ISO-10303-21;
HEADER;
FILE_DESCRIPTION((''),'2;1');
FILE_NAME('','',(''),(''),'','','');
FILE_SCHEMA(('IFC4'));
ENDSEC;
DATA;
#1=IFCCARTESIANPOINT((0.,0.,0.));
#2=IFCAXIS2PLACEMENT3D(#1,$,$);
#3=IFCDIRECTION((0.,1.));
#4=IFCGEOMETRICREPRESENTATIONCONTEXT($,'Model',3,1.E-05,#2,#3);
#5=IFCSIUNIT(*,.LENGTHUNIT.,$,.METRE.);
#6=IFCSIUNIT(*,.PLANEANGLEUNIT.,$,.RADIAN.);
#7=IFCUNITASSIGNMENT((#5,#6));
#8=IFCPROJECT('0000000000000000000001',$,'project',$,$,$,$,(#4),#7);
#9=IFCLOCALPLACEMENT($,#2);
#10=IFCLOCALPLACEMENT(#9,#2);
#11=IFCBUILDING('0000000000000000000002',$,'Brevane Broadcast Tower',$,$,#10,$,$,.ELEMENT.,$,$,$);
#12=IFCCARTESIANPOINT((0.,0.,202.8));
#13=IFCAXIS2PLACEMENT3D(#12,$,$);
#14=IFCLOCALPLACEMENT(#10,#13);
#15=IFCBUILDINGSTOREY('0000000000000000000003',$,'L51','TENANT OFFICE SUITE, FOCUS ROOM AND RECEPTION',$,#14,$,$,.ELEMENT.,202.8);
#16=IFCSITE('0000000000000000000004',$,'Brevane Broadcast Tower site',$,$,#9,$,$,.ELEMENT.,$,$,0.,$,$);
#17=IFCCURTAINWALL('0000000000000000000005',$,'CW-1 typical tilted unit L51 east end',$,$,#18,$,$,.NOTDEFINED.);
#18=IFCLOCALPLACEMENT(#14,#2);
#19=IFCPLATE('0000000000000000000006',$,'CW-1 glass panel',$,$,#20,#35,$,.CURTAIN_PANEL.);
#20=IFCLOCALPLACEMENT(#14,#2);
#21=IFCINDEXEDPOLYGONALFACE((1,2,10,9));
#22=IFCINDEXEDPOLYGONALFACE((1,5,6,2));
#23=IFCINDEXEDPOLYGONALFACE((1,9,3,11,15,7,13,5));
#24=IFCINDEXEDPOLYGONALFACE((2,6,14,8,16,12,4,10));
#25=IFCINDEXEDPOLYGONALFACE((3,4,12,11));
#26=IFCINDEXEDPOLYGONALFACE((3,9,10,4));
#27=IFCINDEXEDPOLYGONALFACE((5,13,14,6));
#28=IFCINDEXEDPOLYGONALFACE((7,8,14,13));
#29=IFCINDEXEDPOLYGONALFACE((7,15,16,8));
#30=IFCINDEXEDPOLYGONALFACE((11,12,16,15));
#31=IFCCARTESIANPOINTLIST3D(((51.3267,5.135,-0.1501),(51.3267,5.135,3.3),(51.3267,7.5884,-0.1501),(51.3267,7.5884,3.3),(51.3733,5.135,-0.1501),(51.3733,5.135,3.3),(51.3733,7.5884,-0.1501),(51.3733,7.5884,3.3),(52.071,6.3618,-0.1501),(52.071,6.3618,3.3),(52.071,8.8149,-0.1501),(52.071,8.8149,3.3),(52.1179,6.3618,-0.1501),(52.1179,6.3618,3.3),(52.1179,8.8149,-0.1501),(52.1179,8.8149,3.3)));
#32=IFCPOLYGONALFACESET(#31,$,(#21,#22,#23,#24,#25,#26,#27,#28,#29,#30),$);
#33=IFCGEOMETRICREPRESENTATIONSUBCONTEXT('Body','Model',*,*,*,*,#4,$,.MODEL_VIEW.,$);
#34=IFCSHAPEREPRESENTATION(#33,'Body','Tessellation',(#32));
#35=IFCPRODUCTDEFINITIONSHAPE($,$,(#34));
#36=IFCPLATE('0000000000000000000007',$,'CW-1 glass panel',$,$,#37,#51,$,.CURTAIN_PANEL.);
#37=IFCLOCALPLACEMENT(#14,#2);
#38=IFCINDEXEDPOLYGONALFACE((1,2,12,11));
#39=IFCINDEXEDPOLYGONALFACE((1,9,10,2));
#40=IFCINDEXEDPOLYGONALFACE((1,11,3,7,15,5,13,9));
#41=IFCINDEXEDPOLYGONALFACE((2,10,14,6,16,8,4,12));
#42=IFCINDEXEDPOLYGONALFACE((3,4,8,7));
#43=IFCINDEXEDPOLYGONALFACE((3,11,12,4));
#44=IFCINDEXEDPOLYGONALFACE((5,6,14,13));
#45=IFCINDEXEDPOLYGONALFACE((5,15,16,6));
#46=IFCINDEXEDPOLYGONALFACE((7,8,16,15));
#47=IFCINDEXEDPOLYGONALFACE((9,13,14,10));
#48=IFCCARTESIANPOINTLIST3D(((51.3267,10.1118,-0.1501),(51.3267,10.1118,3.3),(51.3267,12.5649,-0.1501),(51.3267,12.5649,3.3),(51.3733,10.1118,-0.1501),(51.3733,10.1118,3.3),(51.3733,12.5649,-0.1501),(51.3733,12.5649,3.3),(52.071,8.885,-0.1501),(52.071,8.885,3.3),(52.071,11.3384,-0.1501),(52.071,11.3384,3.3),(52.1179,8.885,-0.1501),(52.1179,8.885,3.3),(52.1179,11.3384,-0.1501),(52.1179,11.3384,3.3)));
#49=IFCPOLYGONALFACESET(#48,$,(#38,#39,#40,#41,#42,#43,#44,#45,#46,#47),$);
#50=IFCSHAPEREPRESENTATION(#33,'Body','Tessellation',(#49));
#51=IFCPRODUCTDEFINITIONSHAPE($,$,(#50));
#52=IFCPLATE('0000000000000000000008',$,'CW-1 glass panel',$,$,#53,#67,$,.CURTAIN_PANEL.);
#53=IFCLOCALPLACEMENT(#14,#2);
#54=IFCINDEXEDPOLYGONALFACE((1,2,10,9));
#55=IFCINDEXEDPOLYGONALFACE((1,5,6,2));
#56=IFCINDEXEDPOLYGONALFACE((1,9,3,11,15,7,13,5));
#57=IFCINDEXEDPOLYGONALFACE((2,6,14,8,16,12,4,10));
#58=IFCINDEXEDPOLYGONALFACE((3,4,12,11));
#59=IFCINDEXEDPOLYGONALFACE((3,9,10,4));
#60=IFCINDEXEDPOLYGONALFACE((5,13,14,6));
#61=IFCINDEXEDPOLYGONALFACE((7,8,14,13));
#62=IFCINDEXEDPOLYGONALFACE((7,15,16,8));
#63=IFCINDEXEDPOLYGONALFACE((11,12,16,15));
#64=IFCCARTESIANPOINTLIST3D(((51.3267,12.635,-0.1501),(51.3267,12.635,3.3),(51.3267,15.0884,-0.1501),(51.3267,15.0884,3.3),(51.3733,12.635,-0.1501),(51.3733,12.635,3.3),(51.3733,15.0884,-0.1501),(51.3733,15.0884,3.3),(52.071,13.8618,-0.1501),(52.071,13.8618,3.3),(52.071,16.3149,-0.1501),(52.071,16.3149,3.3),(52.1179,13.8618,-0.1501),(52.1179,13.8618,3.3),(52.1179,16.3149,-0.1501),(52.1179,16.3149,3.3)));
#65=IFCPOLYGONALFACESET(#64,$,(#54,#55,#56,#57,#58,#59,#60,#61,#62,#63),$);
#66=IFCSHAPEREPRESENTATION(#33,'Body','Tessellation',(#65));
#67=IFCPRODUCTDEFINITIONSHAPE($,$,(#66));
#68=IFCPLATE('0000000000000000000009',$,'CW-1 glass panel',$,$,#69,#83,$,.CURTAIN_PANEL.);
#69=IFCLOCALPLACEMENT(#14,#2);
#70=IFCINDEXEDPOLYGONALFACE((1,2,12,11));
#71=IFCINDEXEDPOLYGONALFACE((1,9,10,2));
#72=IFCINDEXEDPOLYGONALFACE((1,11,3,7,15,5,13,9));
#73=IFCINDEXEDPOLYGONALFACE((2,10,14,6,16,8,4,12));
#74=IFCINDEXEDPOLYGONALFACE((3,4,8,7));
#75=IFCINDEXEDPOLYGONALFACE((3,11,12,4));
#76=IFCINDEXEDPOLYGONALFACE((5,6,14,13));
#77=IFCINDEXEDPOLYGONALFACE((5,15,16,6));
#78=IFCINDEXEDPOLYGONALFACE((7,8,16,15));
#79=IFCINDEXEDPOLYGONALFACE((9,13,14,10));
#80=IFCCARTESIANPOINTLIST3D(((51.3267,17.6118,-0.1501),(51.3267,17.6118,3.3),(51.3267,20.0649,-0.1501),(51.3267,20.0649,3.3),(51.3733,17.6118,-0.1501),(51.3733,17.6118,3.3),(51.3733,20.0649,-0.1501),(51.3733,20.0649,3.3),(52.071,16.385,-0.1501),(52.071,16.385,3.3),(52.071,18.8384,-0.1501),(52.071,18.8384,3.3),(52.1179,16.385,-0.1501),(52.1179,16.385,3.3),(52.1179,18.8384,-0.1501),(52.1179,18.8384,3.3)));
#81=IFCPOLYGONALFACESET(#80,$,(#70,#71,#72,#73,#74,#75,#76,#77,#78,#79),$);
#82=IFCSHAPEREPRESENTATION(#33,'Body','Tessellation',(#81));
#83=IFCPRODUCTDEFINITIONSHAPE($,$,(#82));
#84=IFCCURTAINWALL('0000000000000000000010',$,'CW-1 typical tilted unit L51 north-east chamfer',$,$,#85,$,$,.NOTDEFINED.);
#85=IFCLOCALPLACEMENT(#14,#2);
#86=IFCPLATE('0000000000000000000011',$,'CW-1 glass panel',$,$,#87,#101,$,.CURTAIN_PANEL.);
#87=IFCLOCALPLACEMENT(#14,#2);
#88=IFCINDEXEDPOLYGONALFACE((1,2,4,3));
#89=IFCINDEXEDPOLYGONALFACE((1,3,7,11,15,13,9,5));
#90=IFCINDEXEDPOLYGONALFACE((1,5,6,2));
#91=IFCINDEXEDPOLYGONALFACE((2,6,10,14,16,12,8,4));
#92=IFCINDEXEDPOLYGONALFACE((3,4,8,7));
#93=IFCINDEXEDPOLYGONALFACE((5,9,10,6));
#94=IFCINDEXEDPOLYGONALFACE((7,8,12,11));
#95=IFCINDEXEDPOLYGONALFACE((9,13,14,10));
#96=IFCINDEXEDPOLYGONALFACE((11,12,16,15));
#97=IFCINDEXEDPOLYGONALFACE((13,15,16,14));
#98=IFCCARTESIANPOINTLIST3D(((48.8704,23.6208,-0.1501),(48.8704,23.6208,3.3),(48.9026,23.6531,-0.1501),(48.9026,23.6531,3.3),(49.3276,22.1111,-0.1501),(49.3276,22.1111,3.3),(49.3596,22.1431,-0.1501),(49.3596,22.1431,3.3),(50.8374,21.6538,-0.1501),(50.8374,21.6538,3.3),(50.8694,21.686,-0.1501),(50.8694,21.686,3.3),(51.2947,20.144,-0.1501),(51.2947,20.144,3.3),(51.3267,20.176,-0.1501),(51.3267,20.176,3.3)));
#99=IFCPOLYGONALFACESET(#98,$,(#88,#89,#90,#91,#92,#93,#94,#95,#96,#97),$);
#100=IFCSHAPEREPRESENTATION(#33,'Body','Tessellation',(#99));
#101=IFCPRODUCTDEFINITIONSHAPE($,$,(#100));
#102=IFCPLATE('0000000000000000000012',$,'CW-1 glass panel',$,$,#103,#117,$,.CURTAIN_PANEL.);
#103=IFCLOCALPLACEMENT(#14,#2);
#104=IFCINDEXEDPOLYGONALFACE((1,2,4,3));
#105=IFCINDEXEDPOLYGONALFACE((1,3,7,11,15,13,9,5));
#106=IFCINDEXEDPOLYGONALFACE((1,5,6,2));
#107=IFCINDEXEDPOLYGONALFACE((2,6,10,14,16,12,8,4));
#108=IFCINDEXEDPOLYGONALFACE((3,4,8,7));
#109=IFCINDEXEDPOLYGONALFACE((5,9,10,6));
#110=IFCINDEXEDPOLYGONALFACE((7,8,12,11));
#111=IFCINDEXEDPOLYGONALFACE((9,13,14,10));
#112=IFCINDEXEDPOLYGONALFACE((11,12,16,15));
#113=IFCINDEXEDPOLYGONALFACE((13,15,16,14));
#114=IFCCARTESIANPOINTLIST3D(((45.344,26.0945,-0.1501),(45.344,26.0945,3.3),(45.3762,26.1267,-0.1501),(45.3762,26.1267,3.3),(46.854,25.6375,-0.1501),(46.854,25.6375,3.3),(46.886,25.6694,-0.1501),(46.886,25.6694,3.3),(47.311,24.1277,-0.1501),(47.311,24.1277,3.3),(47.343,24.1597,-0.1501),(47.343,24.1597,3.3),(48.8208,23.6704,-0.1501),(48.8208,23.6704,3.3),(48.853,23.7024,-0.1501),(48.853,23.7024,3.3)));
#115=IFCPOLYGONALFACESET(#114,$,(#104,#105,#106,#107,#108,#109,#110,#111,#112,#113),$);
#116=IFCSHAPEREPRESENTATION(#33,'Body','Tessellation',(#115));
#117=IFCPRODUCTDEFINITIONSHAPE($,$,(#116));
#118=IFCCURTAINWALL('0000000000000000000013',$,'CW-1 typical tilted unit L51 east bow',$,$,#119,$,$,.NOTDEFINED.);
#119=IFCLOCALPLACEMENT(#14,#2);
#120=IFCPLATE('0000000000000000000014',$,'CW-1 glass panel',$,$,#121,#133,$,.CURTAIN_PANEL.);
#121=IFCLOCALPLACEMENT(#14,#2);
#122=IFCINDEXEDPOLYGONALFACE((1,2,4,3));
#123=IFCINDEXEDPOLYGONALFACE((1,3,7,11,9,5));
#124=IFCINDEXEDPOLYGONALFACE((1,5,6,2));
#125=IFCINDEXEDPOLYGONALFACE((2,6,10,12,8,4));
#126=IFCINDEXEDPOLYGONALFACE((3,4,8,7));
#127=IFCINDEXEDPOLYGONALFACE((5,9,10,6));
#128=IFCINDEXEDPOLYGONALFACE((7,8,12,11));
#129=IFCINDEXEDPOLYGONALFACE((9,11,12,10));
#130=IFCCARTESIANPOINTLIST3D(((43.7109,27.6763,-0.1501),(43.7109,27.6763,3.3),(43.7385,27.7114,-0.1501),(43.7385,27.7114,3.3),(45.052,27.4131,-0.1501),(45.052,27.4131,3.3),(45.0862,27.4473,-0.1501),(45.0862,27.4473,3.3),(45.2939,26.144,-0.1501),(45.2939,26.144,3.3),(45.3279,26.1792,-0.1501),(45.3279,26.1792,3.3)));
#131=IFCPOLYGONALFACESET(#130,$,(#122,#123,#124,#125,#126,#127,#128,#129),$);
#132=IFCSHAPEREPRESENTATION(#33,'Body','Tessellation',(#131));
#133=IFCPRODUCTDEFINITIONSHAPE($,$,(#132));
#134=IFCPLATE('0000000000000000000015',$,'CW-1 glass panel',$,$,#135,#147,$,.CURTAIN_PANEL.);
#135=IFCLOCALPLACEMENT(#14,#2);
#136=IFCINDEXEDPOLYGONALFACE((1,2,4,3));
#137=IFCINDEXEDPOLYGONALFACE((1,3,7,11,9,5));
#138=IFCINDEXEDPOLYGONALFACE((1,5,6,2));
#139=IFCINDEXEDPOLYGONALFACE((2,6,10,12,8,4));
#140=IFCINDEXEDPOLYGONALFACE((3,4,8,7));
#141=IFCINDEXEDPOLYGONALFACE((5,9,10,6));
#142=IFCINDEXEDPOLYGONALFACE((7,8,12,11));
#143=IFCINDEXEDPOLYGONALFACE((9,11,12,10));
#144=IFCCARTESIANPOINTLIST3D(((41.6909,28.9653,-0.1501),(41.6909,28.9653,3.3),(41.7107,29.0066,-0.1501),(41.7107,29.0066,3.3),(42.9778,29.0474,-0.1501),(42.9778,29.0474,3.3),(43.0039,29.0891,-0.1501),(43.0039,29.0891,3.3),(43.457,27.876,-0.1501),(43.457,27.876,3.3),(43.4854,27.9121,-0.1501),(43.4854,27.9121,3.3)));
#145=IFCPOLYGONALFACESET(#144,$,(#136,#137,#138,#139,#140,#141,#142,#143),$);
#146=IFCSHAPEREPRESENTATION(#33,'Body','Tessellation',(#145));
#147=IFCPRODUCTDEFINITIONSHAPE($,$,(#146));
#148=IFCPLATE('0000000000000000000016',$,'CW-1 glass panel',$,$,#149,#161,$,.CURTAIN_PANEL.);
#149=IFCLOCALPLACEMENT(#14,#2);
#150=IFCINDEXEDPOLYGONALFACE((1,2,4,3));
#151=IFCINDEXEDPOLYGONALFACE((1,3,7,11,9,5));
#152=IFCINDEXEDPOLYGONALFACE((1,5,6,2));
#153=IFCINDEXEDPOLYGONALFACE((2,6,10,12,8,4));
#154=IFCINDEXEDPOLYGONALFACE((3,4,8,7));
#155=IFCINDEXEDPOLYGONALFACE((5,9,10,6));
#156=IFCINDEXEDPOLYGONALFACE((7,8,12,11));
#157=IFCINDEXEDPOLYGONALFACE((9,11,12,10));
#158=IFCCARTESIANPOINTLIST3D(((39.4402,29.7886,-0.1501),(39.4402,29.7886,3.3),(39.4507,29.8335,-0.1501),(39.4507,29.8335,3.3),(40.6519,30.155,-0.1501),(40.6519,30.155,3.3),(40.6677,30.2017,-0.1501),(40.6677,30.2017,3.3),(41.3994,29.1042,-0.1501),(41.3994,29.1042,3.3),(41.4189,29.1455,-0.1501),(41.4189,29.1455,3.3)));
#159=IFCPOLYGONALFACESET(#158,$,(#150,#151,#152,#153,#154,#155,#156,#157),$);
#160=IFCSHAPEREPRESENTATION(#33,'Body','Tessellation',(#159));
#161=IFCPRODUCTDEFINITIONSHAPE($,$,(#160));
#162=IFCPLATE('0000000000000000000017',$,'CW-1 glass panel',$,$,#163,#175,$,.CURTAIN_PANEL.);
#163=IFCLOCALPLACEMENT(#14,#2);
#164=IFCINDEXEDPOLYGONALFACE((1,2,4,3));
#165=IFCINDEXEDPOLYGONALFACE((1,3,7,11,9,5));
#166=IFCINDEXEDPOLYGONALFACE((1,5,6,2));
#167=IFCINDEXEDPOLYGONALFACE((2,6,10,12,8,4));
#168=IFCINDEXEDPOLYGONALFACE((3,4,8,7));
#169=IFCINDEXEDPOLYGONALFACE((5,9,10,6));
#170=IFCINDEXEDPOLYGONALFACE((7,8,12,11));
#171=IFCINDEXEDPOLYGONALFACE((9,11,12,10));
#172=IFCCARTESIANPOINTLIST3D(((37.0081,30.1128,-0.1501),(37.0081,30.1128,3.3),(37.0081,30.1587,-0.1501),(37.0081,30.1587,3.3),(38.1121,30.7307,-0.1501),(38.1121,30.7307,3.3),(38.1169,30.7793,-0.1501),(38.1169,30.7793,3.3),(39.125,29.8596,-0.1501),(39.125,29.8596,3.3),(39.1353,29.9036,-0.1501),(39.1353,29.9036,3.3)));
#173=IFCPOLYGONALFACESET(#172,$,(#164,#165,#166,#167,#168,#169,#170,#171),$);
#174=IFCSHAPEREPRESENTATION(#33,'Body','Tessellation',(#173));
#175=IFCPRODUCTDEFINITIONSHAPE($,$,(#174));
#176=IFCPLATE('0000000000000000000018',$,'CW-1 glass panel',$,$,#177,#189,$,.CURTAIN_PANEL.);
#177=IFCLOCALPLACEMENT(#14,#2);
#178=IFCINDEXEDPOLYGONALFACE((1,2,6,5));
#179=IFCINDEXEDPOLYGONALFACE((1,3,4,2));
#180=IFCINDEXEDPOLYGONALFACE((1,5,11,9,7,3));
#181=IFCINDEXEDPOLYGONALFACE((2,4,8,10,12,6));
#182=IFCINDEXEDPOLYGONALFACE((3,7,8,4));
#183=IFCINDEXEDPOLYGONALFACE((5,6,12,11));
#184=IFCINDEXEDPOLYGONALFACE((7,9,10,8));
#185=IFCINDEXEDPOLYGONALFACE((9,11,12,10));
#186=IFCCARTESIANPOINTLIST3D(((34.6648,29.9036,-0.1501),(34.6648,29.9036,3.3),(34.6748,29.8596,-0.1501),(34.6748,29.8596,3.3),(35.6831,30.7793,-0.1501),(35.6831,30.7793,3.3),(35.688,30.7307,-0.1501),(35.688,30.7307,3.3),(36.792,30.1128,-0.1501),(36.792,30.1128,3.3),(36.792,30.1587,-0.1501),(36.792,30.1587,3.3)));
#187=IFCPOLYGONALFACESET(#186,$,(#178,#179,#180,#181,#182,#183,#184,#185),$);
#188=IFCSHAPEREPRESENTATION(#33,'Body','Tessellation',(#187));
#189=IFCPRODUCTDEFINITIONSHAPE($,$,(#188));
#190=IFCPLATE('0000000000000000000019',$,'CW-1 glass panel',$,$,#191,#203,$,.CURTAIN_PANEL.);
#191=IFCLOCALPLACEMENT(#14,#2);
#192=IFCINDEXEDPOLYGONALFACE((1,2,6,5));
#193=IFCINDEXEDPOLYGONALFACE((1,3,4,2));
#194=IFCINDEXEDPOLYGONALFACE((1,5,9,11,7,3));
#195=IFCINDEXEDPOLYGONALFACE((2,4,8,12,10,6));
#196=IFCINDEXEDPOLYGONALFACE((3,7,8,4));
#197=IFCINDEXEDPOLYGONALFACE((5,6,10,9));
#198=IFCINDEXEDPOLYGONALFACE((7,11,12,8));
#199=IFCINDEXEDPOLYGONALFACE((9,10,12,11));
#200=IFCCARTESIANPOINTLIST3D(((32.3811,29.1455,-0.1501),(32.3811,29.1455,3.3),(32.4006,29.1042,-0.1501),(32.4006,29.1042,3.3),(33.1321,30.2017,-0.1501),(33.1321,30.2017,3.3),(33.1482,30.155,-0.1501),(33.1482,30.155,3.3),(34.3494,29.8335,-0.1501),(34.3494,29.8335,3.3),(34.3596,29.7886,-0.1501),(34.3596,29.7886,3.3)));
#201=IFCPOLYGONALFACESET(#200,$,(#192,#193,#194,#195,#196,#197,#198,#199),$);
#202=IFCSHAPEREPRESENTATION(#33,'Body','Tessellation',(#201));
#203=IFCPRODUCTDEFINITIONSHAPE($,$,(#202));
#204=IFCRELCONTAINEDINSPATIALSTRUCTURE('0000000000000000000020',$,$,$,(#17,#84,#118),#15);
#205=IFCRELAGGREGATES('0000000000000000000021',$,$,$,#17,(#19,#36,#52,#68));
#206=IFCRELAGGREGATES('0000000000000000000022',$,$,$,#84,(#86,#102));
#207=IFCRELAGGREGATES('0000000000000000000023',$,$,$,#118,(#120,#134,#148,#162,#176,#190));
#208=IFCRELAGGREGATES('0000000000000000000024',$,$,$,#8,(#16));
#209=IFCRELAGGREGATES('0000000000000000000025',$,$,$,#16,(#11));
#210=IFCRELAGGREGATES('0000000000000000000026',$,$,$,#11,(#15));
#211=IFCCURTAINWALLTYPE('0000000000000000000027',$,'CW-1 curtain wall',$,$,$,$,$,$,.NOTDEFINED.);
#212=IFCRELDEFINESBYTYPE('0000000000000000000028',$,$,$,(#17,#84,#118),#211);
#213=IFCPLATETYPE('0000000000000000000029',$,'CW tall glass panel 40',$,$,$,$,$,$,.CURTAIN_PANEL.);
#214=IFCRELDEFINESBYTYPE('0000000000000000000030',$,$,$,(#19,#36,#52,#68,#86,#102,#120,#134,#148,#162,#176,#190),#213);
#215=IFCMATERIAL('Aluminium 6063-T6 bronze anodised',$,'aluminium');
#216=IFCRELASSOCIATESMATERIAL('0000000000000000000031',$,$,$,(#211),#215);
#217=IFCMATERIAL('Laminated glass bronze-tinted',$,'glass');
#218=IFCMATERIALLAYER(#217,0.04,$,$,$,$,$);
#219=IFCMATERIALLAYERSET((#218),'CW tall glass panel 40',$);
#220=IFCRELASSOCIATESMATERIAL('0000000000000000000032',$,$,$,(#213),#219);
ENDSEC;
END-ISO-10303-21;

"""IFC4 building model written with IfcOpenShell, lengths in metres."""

from ifc_helpers import new_model, si_unit, direction, frame, origin, place, context, subcontext, project, spatial, polyline, outline, extrude, material, layer, layer_set, type_object, element, aggregate, save


model = new_model("IFC4")

# Units and contexts
model_context = context("Model", 3, precision=1e-05, world=origin(), true_north=direction((0.0, 1.0)))
body_context = subcontext(model_context, "Body", "Model", "MODEL_VIEW")
ifc_project = project(units=[si_unit("LENGTHUNIT", "METRE"), si_unit("PLANEANGLEUNIT", "RADIAN")], contexts=[model_context])

# Site, building, storey
site_placement = place(None, origin())
site = spatial("IfcSite", under=ifc_project, at=site_placement, Name="Brevane Broadcast Tower site", CompositionType="ELEMENT", RefElevation=0.0)
building_placement = place(site_placement, origin())
building = spatial("IfcBuilding", under=site, at=building_placement, Name="Brevane Broadcast Tower", CompositionType="ELEMENT")
storey_placement = place(building_placement, frame((0.0, 0.0, 202.8)))
storey = spatial("IfcBuildingStorey", under=building, at=storey_placement, Name="L51", Description="TENANT OFFICE SUITE, FOCUS ROOM AND RECEPTION", CompositionType="ELEMENT", Elevation=202.8)

# Curtain walls, plates
ifc_material_1 = material(Name="Aluminium 6063-T6 bronze anodised", Category="aluminium")
curtain_wall_type = type_object("IfcCurtainWallType", Name="CW-1 curtain wall", PredefinedType="NOTDEFINED", material=ifc_material_1)
ifc_material_2 = material(Name="Laminated glass bronze-tinted", Category="glass")
ifc_layer = layer(ifc_material_2, 0.04)
ifc_layer_set = layer_set([ifc_layer], Name="CW tall glass panel 40")
plate_type = type_object("IfcPlateType", Name="CW tall glass panel 40", PredefinedType="CURTAIN_PANEL", material=ifc_layer_set)
curtain_wall_1_placement = place(storey_placement, origin())
curtain_wall_1 = element("IfcCurtainWall", 1, at=curtain_wall_1_placement, inside=storey, type_object=curtain_wall_type, Name="CW-1 typical tilted unit L51 east end", PredefinedType="NOTDEFINED")
plate_1_placement = place(storey_placement, frame((0.0, 0.0, -0.1501)))
plate_1 = element("IfcPlate", 2, at=plate_1_placement, type_object=plate_type, Name="CW-1 glass panel", PredefinedType="CURTAIN_PANEL", context=body_context, shape_type="SweptSolid", body=[
    extrude(outline(polyline([(51.3267, 5.135), (51.3733, 5.135), (52.1179, 6.3618), (51.3733, 7.5884), (52.1179, 8.8149), (52.071, 8.8149), (51.3267, 7.5884), (52.071, 6.3618), (51.3267, 5.135)])), origin(), (0.0, 0.0, 1.0), 3.4502),
])
plate_2_placement = place(storey_placement, frame((0.0, 0.0, -0.1501)))
plate_2 = element("IfcPlate", 3, at=plate_2_placement, type_object=plate_type, Name="CW-1 glass panel", PredefinedType="CURTAIN_PANEL", context=body_context, shape_type="SweptSolid", body=[
    extrude(outline(polyline([(52.071, 8.885), (52.1179, 8.885), (51.3733, 10.1118), (52.1179, 11.3384), (51.3733, 12.5649), (51.3267, 12.5649), (52.071, 11.3384), (51.3267, 10.1118), (52.071, 8.885)])), origin(), (0.0, 0.0, 1.0), 3.4502),
])
plate_3_placement = place(storey_placement, frame((0.0, 0.0, -0.1501)))
plate_3 = element("IfcPlate", 4, at=plate_3_placement, type_object=plate_type, Name="CW-1 glass panel", PredefinedType="CURTAIN_PANEL", context=body_context, shape_type="SweptSolid", body=[
    extrude(outline(polyline([(51.3267, 12.635), (51.3733, 12.635), (52.1179, 13.8618), (51.3733, 15.0884), (52.1179, 16.3149), (52.071, 16.3149), (51.3267, 15.0884), (52.071, 13.8618), (51.3267, 12.635)])), origin(), (0.0, 0.0, 1.0), 3.4502),
])
plate_4_placement = place(storey_placement, frame((0.0, 0.0, -0.1501)))
plate_4 = element("IfcPlate", 5, at=plate_4_placement, type_object=plate_type, Name="CW-1 glass panel", PredefinedType="CURTAIN_PANEL", context=body_context, shape_type="SweptSolid", body=[
    extrude(outline(polyline([(52.071, 16.385), (52.1179, 16.385), (51.3733, 17.6118), (52.1179, 18.8384), (51.3733, 20.0649), (51.3267, 20.0649), (52.071, 18.8384), (51.3267, 17.6118), (52.071, 16.385)])), origin(), (0.0, 0.0, 1.0), 3.4502),
])
aggregate(curtain_wall_1, [plate_1, plate_2, plate_3, plate_4])
curtain_wall_2_placement = place(storey_placement, origin())
curtain_wall_2 = element("IfcCurtainWall", 6, at=curtain_wall_2_placement, inside=storey, type_object=curtain_wall_type, Name="CW-1 typical tilted unit L51 north-east chamfer", PredefinedType="NOTDEFINED")
plate_5_placement = place(storey_placement, frame((0.0, 0.0, -0.1501)))
plate_5 = element("IfcPlate", 7, at=plate_5_placement, type_object=plate_type, Name="CW-1 glass panel", PredefinedType="CURTAIN_PANEL", context=body_context, shape_type="SweptSolid", body=[
    extrude(outline(polyline([(51.2947, 20.144), (51.3267, 20.176), (50.8694, 21.686), (49.3596, 22.1431), (48.9026, 23.6531), (48.8704, 23.6208), (49.3276, 22.1111), (50.8374, 21.6538), (51.2947, 20.144)])), origin(), (0.0, 0.0, 1.0), 3.4502),
])
plate_6_placement = place(storey_placement, frame((0.0, 0.0, -0.1501)))
plate_6 = element("IfcPlate", 8, at=plate_6_placement, type_object=plate_type, Name="CW-1 glass panel", PredefinedType="CURTAIN_PANEL", context=body_context, shape_type="SweptSolid", body=[
    extrude(outline(polyline([(48.8208, 23.6704), (48.853, 23.7024), (47.343, 24.1597), (46.886, 25.6694), (45.3762, 26.1267), (45.344, 26.0945), (46.854, 25.6375), (47.311, 24.1277), (48.8208, 23.6704)])), origin(), (0.0, 0.0, 1.0), 3.4502),
])
aggregate(curtain_wall_2, [plate_5, plate_6])
curtain_wall_3_placement = place(storey_placement, origin())
curtain_wall_3 = element("IfcCurtainWall", 9, at=curtain_wall_3_placement, inside=storey, type_object=curtain_wall_type, Name="CW-1 typical tilted unit L51 east bow", PredefinedType="NOTDEFINED")
plate_7_placement = place(storey_placement, frame((0.0, 0.0, -0.1501)))
plate_7 = element("IfcPlate", 10, at=plate_7_placement, type_object=plate_type, Name="CW-1 glass panel", PredefinedType="CURTAIN_PANEL", context=body_context, shape_type="SweptSolid", body=[
    extrude(outline(polyline([(45.2939, 26.144), (45.3279, 26.1792), (45.0862, 27.4473), (43.7385, 27.7114), (43.7109, 27.6763), (45.052, 27.4131), (45.2939, 26.144)])), origin(), (0.0, 0.0, 1.0), 3.4502),
])
plate_8_placement = place(storey_placement, frame((0.0, 0.0, -0.1501)))
plate_8 = element("IfcPlate", 11, at=plate_8_placement, type_object=plate_type, Name="CW-1 glass panel", PredefinedType="CURTAIN_PANEL", context=body_context, shape_type="SweptSolid", body=[
    extrude(outline(polyline([(43.457, 27.876), (43.4854, 27.9121), (43.0039, 29.0891), (41.7107, 29.0066), (41.6909, 28.9653), (42.9778, 29.0474), (43.457, 27.876)])), origin(), (0.0, 0.0, 1.0), 3.4502),
])
plate_9_placement = place(storey_placement, frame((0.0, 0.0, -0.1501)))
plate_9 = element("IfcPlate", 12, at=plate_9_placement, type_object=plate_type, Name="CW-1 glass panel", PredefinedType="CURTAIN_PANEL", context=body_context, shape_type="SweptSolid", body=[
    extrude(outline(polyline([(41.3994, 29.1042), (41.4189, 29.1455), (40.6677, 30.2017), (39.4507, 29.8335), (39.4402, 29.7886), (40.6519, 30.155), (41.3994, 29.1042)])), origin(), (0.0, 0.0, 1.0), 3.4502),
])
plate_10_placement = place(storey_placement, frame((0.0, 0.0, -0.1501)))
plate_10 = element("IfcPlate", 13, at=plate_10_placement, type_object=plate_type, Name="CW-1 glass panel", PredefinedType="CURTAIN_PANEL", context=body_context, shape_type="SweptSolid", body=[
    extrude(outline(polyline([(39.125, 29.8596), (39.1353, 29.9036), (38.1169, 30.7793), (37.0081, 30.1587), (37.0081, 30.1128), (38.1121, 30.7307), (39.125, 29.8596)])), origin(), (0.0, 0.0, 1.0), 3.4502),
])
plate_11_placement = place(storey_placement, frame((0.0, 0.0, -0.1501)))
plate_11 = element("IfcPlate", 14, at=plate_11_placement, type_object=plate_type, Name="CW-1 glass panel", PredefinedType="CURTAIN_PANEL", context=body_context, shape_type="SweptSolid", body=[
    extrude(outline(polyline([(36.792, 30.1128), (36.792, 30.1587), (35.6831, 30.7793), (34.6648, 29.9036), (34.6748, 29.8596), (35.688, 30.7307), (36.792, 30.1128)])), origin(), (0.0, 0.0, 1.0), 3.4502),
])
plate_12_placement = place(storey_placement, frame((0.0, 0.0, -0.1501)))
plate_12 = element("IfcPlate", 15, at=plate_12_placement, type_object=plate_type, Name="CW-1 glass panel", PredefinedType="CURTAIN_PANEL", context=body_context, shape_type="SweptSolid", body=[
    extrude(outline(polyline([(34.3596, 29.7886), (34.3494, 29.8335), (33.1321, 30.2017), (32.3811, 29.1455), (32.4006, 29.1042), (33.1482, 30.155), (34.3596, 29.7886)])), origin(), (0.0, 0.0, 1.0), 3.4502),
])
aggregate(curtain_wall_3, [plate_7, plate_8, plate_9, plate_10, plate_11, plate_12])

save(model, "model.ifc")
